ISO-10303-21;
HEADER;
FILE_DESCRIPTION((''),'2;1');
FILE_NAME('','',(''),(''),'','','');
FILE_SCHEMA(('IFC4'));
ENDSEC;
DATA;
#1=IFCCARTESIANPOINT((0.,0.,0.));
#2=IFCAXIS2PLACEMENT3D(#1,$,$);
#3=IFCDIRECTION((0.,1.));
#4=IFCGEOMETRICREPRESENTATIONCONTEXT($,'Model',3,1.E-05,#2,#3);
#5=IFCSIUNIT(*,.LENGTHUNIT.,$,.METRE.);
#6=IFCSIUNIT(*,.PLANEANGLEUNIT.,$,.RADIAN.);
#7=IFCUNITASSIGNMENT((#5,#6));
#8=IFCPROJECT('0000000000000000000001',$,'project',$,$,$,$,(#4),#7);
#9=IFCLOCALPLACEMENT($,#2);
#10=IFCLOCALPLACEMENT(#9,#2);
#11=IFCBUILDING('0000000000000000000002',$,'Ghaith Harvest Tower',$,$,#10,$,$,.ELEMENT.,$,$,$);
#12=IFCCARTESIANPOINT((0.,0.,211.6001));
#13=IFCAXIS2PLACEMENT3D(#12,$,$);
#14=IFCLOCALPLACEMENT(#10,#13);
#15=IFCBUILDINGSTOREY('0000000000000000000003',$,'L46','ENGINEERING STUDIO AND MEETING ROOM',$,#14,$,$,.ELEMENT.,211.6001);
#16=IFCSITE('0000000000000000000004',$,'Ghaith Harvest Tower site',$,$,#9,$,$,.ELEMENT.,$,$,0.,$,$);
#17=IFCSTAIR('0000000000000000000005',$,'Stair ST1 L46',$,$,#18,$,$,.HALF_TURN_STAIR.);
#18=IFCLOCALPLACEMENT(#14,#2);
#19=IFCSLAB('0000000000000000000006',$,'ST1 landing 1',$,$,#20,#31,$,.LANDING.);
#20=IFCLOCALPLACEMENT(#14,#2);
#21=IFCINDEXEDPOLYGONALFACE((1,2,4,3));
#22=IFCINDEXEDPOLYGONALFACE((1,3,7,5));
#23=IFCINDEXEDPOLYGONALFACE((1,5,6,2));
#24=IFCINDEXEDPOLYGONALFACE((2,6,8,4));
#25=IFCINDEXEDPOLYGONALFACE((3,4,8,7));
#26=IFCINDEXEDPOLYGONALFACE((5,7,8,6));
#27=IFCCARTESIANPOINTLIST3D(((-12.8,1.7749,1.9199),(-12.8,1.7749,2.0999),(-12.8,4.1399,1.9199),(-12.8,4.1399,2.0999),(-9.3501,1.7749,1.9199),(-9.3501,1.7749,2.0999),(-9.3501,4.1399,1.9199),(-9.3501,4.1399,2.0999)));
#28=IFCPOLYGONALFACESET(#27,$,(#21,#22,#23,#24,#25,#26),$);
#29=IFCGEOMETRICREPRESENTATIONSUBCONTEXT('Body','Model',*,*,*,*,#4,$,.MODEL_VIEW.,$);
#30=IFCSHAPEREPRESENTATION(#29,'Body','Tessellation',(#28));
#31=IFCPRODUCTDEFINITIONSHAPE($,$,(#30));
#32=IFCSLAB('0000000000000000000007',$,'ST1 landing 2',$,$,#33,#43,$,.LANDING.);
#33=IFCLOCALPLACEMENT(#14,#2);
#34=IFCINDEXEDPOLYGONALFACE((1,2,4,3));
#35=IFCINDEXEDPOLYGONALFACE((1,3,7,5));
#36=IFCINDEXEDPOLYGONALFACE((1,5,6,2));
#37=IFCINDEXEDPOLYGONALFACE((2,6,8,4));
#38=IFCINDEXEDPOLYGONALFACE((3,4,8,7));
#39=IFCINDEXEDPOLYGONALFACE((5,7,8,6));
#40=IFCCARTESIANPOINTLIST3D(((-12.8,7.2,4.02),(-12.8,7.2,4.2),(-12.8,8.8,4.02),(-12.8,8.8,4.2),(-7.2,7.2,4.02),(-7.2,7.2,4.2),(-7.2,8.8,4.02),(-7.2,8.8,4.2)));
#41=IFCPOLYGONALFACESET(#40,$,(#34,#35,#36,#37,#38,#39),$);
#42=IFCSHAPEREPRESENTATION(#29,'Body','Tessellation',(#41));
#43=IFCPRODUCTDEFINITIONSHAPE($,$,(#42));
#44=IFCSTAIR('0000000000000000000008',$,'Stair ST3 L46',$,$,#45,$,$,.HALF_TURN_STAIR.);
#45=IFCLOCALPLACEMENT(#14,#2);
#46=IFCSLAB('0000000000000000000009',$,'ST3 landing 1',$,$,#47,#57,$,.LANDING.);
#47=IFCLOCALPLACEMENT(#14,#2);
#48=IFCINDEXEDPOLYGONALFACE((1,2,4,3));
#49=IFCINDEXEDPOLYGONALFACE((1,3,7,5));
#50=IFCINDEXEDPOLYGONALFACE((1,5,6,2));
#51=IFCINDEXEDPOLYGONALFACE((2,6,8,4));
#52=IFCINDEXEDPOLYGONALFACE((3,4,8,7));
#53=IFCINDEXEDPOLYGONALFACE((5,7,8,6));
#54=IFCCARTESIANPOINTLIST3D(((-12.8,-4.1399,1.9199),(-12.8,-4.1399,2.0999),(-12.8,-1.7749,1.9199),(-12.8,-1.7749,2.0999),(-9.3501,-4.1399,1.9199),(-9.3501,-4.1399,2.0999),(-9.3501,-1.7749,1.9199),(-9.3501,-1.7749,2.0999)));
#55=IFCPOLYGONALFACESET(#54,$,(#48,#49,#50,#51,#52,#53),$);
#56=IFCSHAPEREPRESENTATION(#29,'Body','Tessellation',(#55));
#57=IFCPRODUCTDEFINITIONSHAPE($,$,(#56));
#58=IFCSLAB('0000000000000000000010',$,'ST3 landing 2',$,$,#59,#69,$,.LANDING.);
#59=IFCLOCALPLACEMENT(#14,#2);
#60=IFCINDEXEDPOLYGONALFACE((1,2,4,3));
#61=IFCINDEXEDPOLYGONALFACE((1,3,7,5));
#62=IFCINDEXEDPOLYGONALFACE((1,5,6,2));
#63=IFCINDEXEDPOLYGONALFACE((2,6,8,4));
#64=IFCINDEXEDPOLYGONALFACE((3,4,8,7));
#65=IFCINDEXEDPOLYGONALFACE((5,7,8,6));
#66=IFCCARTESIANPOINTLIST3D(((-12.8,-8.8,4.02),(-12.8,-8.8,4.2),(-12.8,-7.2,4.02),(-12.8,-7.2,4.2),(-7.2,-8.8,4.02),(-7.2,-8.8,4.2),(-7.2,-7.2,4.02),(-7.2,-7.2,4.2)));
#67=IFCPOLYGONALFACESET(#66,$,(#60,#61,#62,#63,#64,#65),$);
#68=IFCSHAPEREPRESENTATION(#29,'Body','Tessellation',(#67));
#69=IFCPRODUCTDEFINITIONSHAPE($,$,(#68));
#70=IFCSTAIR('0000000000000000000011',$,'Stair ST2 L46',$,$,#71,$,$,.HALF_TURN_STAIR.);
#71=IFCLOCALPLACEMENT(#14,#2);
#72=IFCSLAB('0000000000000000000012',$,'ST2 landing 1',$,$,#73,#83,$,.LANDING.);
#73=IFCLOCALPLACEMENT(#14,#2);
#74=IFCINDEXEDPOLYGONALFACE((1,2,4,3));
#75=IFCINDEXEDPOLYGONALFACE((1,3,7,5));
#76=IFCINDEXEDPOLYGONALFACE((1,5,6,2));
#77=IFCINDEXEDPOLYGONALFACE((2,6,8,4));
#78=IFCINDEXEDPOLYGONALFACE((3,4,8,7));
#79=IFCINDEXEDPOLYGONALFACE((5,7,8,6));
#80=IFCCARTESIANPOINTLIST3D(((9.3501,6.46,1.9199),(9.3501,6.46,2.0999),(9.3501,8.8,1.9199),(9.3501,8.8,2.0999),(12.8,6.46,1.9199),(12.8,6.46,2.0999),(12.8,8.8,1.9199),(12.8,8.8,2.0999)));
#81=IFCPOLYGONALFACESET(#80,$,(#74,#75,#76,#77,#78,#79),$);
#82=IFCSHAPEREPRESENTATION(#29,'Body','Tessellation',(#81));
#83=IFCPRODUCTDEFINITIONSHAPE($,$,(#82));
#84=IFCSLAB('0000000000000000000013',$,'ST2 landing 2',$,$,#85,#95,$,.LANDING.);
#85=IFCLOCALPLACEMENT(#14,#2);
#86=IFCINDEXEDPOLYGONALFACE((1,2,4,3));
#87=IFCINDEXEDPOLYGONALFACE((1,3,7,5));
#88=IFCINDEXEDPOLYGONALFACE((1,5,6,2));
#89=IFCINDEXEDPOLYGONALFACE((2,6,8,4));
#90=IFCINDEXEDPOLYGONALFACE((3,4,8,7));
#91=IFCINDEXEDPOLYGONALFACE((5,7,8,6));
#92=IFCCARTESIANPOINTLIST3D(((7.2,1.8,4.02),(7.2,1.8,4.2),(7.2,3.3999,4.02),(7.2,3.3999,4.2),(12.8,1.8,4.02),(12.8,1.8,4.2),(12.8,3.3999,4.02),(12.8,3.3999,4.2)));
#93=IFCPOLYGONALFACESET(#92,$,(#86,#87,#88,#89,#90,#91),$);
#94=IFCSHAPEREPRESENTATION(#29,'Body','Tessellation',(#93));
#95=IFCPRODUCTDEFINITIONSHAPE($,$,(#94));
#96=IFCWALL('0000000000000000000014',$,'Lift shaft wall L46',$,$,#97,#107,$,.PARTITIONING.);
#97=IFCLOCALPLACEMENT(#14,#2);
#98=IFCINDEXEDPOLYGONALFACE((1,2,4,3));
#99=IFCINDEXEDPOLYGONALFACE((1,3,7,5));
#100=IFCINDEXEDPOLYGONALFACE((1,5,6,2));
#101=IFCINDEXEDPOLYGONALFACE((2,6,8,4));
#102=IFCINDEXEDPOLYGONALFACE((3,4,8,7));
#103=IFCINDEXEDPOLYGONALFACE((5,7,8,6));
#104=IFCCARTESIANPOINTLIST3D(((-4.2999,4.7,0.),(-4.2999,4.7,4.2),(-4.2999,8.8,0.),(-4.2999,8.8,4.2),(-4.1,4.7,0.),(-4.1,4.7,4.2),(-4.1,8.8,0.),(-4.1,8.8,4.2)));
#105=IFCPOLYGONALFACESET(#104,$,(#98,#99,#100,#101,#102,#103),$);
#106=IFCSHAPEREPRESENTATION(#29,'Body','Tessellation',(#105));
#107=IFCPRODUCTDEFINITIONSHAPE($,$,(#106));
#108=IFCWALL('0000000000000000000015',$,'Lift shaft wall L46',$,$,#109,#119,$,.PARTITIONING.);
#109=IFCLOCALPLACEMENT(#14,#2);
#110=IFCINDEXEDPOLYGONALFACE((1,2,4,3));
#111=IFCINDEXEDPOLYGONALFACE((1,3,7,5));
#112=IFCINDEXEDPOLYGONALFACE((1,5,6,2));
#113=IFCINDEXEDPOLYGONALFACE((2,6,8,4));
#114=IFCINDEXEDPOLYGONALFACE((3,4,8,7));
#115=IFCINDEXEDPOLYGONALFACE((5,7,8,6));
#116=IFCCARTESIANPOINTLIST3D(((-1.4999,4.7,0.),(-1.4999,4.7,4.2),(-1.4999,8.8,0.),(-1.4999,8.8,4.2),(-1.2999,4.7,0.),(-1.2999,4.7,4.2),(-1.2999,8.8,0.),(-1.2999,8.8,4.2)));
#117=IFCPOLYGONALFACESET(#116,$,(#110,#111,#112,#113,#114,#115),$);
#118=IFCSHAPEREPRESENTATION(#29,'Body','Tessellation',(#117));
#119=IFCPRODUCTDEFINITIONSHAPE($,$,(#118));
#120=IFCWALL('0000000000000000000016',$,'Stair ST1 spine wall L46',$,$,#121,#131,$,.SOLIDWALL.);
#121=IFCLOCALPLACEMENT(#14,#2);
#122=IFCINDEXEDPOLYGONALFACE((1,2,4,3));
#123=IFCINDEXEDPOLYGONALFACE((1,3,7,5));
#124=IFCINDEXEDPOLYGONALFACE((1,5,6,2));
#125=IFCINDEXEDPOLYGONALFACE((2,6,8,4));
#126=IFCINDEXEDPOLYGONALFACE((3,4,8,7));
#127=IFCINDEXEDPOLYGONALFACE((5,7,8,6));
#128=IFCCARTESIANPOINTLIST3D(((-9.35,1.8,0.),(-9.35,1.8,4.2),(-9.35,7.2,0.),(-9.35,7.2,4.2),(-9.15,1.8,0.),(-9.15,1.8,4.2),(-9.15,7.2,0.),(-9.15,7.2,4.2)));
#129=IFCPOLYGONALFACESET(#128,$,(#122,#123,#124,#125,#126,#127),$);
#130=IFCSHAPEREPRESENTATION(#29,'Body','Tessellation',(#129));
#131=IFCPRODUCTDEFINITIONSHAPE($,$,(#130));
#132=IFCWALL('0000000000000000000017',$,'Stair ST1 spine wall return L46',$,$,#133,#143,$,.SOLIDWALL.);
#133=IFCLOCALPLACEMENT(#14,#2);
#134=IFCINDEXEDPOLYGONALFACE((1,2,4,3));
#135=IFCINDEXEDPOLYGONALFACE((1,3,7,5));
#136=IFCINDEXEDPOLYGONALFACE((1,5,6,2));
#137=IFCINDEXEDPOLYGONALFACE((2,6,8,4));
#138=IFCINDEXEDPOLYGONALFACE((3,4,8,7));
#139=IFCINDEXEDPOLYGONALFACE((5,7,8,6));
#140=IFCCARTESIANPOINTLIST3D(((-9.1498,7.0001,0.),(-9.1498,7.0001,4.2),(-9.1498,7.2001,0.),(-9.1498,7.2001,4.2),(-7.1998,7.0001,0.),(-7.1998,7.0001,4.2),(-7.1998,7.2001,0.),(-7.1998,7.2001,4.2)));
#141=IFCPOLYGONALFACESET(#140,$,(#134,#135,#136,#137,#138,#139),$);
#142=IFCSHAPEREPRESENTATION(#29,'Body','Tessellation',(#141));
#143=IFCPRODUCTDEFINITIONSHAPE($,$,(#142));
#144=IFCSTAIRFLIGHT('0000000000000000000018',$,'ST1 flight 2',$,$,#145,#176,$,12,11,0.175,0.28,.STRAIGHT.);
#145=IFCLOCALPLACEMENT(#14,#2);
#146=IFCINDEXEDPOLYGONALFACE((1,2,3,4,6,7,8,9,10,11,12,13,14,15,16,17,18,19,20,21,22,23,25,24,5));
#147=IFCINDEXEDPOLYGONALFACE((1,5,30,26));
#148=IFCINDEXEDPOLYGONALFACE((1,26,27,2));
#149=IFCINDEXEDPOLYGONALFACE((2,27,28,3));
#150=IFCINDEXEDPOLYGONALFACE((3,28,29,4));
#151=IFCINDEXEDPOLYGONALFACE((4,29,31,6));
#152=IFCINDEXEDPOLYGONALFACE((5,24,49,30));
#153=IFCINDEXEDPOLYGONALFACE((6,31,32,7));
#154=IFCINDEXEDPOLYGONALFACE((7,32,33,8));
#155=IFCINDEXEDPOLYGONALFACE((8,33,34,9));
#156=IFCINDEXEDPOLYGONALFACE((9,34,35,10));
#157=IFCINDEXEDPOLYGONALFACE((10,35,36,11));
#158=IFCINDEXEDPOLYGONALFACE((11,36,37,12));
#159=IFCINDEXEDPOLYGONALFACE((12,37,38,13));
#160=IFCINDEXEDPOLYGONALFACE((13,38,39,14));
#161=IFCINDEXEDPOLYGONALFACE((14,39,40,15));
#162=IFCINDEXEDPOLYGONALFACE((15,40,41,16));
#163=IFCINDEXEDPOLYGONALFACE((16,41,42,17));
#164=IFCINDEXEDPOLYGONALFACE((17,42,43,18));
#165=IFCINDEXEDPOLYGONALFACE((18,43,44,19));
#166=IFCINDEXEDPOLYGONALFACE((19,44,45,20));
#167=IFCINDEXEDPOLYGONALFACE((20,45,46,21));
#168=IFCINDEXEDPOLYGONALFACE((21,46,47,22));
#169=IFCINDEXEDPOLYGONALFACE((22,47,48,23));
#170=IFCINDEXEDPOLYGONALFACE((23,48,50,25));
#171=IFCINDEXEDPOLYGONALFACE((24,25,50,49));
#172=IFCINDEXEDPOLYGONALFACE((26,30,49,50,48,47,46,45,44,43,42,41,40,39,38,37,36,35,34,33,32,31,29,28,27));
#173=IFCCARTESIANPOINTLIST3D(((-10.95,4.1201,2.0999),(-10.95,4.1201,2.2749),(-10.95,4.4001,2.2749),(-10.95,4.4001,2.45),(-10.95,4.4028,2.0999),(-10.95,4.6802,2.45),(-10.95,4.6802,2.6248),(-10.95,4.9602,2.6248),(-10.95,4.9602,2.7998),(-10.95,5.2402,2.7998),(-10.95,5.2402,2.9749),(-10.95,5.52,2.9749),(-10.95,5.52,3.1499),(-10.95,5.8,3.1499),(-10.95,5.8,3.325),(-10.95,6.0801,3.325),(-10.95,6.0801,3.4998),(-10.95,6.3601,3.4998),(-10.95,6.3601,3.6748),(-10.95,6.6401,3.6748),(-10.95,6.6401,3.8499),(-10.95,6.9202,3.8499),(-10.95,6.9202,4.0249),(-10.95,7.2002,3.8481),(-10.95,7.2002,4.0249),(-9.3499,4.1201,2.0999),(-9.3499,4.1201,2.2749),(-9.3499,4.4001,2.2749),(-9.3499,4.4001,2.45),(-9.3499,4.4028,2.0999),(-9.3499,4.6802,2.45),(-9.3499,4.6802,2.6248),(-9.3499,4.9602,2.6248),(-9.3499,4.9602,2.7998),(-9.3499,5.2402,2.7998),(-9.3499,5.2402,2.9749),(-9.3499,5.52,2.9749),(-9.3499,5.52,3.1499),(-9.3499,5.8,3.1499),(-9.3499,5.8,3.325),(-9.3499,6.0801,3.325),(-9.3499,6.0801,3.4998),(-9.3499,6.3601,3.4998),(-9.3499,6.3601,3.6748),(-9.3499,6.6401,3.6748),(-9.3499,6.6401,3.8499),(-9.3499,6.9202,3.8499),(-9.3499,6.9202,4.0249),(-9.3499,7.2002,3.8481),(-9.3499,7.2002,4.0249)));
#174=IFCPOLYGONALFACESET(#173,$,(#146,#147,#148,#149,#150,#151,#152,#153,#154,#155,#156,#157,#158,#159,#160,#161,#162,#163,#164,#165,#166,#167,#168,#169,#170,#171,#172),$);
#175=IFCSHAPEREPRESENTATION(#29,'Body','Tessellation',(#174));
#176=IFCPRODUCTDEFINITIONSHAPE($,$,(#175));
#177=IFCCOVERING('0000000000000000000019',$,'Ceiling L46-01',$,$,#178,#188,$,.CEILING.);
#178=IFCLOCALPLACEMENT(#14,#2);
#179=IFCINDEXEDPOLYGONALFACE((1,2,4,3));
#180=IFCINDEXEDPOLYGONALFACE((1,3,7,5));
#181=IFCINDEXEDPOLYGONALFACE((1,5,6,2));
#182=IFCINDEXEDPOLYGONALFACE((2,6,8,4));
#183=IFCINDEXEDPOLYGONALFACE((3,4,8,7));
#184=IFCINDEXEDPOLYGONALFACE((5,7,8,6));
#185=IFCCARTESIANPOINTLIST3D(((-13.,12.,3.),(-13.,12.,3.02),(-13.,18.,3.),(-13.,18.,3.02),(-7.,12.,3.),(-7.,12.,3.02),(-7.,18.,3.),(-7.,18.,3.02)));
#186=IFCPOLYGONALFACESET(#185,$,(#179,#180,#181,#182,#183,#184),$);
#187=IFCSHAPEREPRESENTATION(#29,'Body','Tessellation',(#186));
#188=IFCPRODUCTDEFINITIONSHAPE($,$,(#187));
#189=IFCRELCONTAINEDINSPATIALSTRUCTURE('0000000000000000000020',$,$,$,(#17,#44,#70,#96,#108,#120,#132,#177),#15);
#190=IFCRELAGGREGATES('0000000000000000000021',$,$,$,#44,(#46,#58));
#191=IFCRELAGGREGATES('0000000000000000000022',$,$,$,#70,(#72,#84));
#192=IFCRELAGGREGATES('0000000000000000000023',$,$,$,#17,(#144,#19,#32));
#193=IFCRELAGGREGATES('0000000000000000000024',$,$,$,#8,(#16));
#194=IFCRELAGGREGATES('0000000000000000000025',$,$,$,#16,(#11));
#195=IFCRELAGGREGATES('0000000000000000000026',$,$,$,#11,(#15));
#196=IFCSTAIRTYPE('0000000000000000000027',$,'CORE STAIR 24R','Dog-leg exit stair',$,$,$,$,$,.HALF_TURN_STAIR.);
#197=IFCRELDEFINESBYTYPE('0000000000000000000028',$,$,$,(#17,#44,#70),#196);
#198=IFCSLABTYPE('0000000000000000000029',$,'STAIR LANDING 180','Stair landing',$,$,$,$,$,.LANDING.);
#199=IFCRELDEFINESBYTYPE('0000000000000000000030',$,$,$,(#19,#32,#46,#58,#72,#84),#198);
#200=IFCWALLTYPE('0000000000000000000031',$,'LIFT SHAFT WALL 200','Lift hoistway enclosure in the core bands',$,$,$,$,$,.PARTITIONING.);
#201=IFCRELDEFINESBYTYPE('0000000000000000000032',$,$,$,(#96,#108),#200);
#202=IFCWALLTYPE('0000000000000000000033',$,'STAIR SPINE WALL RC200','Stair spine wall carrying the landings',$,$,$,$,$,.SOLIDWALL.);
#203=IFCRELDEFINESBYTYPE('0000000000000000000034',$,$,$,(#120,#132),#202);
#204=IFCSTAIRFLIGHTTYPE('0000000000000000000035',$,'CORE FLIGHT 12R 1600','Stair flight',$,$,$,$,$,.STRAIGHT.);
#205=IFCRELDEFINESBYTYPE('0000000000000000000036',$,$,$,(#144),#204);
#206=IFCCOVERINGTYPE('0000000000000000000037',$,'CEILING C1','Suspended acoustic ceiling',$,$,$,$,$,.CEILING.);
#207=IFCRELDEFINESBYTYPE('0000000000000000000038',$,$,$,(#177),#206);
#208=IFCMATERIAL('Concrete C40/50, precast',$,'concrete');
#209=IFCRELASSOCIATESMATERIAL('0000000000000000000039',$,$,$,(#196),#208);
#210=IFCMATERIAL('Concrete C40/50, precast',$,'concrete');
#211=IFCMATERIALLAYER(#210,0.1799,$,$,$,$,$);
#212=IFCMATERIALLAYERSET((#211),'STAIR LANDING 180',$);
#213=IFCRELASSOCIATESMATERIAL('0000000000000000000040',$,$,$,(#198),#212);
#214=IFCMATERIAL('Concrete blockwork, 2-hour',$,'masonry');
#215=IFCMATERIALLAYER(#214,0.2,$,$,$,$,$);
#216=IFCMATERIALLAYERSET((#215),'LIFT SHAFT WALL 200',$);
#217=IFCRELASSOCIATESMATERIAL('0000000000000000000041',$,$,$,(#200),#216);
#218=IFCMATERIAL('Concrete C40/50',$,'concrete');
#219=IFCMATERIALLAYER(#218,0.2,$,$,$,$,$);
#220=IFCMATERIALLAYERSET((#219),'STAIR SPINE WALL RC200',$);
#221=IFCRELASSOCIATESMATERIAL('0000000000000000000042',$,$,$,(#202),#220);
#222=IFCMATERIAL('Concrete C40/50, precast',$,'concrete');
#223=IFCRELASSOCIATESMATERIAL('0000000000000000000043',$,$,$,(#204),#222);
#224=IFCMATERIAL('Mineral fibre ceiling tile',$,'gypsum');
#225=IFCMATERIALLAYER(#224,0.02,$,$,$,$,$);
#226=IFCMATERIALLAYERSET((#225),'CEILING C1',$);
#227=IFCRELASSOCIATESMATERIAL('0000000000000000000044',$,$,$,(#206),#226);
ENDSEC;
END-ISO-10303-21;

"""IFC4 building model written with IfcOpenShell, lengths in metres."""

from ifc_helpers import new_model, si_unit, direction, frame, frame_2d, origin, place, context, subcontext, project, spatial, polyline, rectangle, outline, extrude, material, layer, layer_set, type_object, element, aggregate, save


model = new_model("IFC4")

# Units and contexts
model_context = context("Model", 3, precision=1e-05, world=origin(), true_north=direction((0.0, 1.0)))
body_context = subcontext(model_context, "Body", "Model", "MODEL_VIEW")
ifc_project = project(units=[si_unit("LENGTHUNIT", "METRE"), si_unit("PLANEANGLEUNIT", "RADIAN")], contexts=[model_context])

# Site, building, storey
site_placement = place(None, origin())
site = spatial("IfcSite", under=ifc_project, at=site_placement, Name="Ghaith Harvest Tower site", CompositionType="ELEMENT", RefElevation=0.0)
building_placement = place(site_placement, origin())
building = spatial("IfcBuilding", under=site, at=building_placement, Name="Ghaith Harvest Tower", CompositionType="ELEMENT")
storey_placement = place(building_placement, frame((0.0, 0.0, 211.6001)))
storey = spatial("IfcBuildingStorey", under=building, at=storey_placement, Name="L46", Description="ENGINEERING STUDIO AND MEETING ROOM", CompositionType="ELEMENT", Elevation=211.6001)

# Stairs, slabs
ifc_material_1 = material(Name="Concrete C40/50, precast", Category="concrete")
stair_type = type_object("IfcStairType", Name="CORE STAIR 24R", Description="Dog-leg exit stair", PredefinedType="HALF_TURN_STAIR", material=ifc_material_1)
stair_1_placement = place(storey_placement, origin())
stair_1 = element("IfcStair", 1, at=stair_1_placement, inside=storey, type_object=stair_type, Name="Stair ST1 L46", PredefinedType="HALF_TURN_STAIR")
ifc_material_2 = material(Name="Concrete C40/50, precast", Category="concrete")
ifc_layer_1 = layer(ifc_material_2, 0.1799)
ifc_layer_set_1 = layer_set([ifc_layer_1], Name="STAIR LANDING 180")
slab_type_1 = type_object("IfcSlabType", Name="STAIR LANDING 180", Description="Stair landing", PredefinedType="LANDING", material=ifc_layer_set_1)
slab_1_placement = place(storey_placement, frame((0.0, 0.0, 1.9199)))
slab_1 = element("IfcSlab", 2, at=slab_1_placement, type_object=slab_type_1, Name="ST1 landing 1", PredefinedType="LANDING", context=body_context, shape_type="SweptSolid", body=[
    extrude(outline(polyline([(-12.8, 4.1399), (-12.8, 1.7749), (-9.3501, 1.7749), (-9.3501, 4.1399), (-12.8, 4.1399)])), origin(), (0.0, 0.0, 1.0), 0.1799),
])
slab_2_placement = place(storey_placement, frame((0.0, 0.0, 4.02)))
slab_2 = element("IfcSlab", 3, at=slab_2_placement, type_object=slab_type_1, Name="ST1 landing 2", PredefinedType="LANDING", context=body_context, shape_type="SweptSolid", body=[
    extrude(outline(polyline([(-12.8, 8.8), (-12.8, 7.2), (-7.2, 7.2), (-7.2, 8.8), (-12.8, 8.8)])), origin(), (0.0, 0.0, 1.0), 0.1799),
])
stair_2_placement = place(storey_placement, origin())
stair_2 = element("IfcStair", 4, at=stair_2_placement, inside=storey, type_object=stair_type, Name="Stair ST3 L46", PredefinedType="HALF_TURN_STAIR")
slab_3_placement = place(storey_placement, frame((0.0, 0.0, 1.9199)))
slab_3 = element("IfcSlab", 5, at=slab_3_placement, type_object=slab_type_1, Name="ST3 landing 1", PredefinedType="LANDING", context=body_context, shape_type="SweptSolid", body=[
    extrude(outline(polyline([(-12.8, -4.1399), (-12.8, -1.7749), (-9.3501, -1.7749), (-9.3501, -4.1399), (-12.8, -4.1399)])), origin(), (0.0, 0.0, 1.0), 0.1799),
])
slab_4_placement = place(storey_placement, frame((0.0, 0.0, 4.02)))
slab_4 = element("IfcSlab", 6, at=slab_4_placement, type_object=slab_type_1, Name="ST3 landing 2", PredefinedType="LANDING", context=body_context, shape_type="SweptSolid", body=[
    extrude(outline(polyline([(-12.8, -8.8), (-12.8, -7.2), (-7.2, -7.2), (-7.2, -8.8), (-12.8, -8.8)])), origin(), (0.0, 0.0, 1.0), 0.1799),
])
aggregate(stair_2, [slab_3, slab_4])
stair_3_placement = place(storey_placement, origin())
stair_3 = element("IfcStair", 7, at=stair_3_placement, inside=storey, type_object=stair_type, Name="Stair ST2 L46", PredefinedType="HALF_TURN_STAIR")
slab_5_placement = place(storey_placement, frame((0.0, 0.0, 1.9199)))
slab_5 = element("IfcSlab", 8, at=slab_5_placement, type_object=slab_type_1, Name="ST2 landing 1", PredefinedType="LANDING", context=body_context, shape_type="SweptSolid", body=[
    extrude(outline(polyline([(12.8, 6.46), (12.8, 8.8), (9.3501, 8.8), (9.3501, 6.46), (12.8, 6.46)])), origin(), (0.0, 0.0, 1.0), 0.1799),
])
slab_6_placement = place(storey_placement, frame((0.0, 0.0, 4.02)))
slab_6 = element("IfcSlab", 9, at=slab_6_placement, type_object=slab_type_1, Name="ST2 landing 2", PredefinedType="LANDING", context=body_context, shape_type="SweptSolid", body=[
    extrude(outline(polyline([(12.8, 1.8), (12.8, 3.3999), (7.2, 3.3999), (7.2, 1.8), (12.8, 1.8)])), origin(), (0.0, 0.0, 1.0), 0.1799),
])
aggregate(stair_3, [slab_5, slab_6])

# Walls
ifc_material_3 = material(Name="Concrete blockwork, 2-hour", Category="masonry")
ifc_layer_2 = layer(ifc_material_3, 0.2)
ifc_layer_set_2 = layer_set([ifc_layer_2], Name="LIFT SHAFT WALL 200")
wall_type_1 = type_object("IfcWallType", Name="LIFT SHAFT WALL 200", Description="Lift hoistway enclosure in the core bands", PredefinedType="PARTITIONING", material=ifc_layer_set_2)
for number, where, z_axis, x_axis, name in (
    (10, (-4.2, 4.7, 0.0), (0.0, 0.0, 1.0), (0.0, 1.0, 0.0), "Lift shaft wall L46"),
    (11, (-1.3999, 4.7, 0.0), (0.0, 0.0, 1.0), (0.0, 1.0, 0.0), "Lift shaft wall L46"),
):
    element("IfcWall", number, at=place(storey_placement, frame(where, z_axis=z_axis, x_axis=x_axis)), inside=storey, type_object=wall_type_1, Name=name, PredefinedType="PARTITIONING", context=body_context, shape_type="SweptSolid", body=[
        extrude(rectangle(XDim=4.1001, YDim=0.2, at=frame_2d((2.05, 0.0))), origin(), (0.0, 0.0, 1.0), 4.2),
    ])

# Walls
ifc_material_4 = material(Name="Concrete C40/50", Category="concrete")
ifc_layer_3 = layer(ifc_material_4, 0.2)
ifc_layer_set_3 = layer_set([ifc_layer_3], Name="STAIR SPINE WALL RC200")
wall_type_2 = type_object("IfcWallType", Name="STAIR SPINE WALL RC200", Description="Stair spine wall carrying the landings", PredefinedType="SOLIDWALL", material=ifc_layer_set_3)
wall_1_placement = place(storey_placement, frame((-9.25, 7.2, 0.0), z_axis=(0.0, 0.0, 1.0), x_axis=(0.0, -1.0, 0.0)))
element("IfcWall", 12, at=wall_1_placement, inside=storey, type_object=wall_type_2, Name="Stair ST1 spine wall L46", PredefinedType="SOLIDWALL", context=body_context, shape_type="SweptSolid", body=[
    extrude(rectangle(XDim=5.3999, YDim=0.2, at=frame_2d((2.7, 0.0))), origin(), (0.0, 0.0, 1.0), 4.2),
])
wall_2_placement = place(storey_placement, frame((-9.1499, 7.1001, 0.0), z_axis=(0.0, 0.0, 1.0), x_axis=(1.0, 0.0, 0.0)))
element("IfcWall", 13, at=wall_2_placement, inside=storey, type_object=wall_type_2, Name="Stair ST1 spine wall return L46", PredefinedType="SOLIDWALL", context=body_context, shape_type="SweptSolid", body=[
    extrude(rectangle(XDim=1.95, YDim=0.2, at=frame_2d((0.9751, 0.0))), origin(), (0.0, 0.0, 1.0), 4.2),
])

# Stair flight
ifc_material_5 = material(Name="Concrete C40/50, precast", Category="concrete")
stair_flight_type = type_object("IfcStairFlightType", Name="CORE FLIGHT 12R 1600", Description="Stair flight", PredefinedType="STRAIGHT", material=ifc_material_5)
stair_flight_placement = place(storey_placement, frame((-10.1499, 4.1201, 2.0999), z_axis=(0.0, 0.0, 1.0), x_axis=(0.0, 1.0, 0.0)))
stair_flight = element("IfcStairFlight", 14, at=stair_flight_placement, type_object=stair_flight_type, Name="ST1 flight 2", NumberOfRisers=12, NumberOfTreads=11, PredefinedType="STRAIGHT", RiserHeight=0.175, TreadLength=0.28, context=body_context, shape_type="SweptSolid", body=[
    extrude(outline(polyline([(0.0, 0.0), (0.0, 0.175), (0.28, 0.175), (0.28, 0.3501), (0.5601, 0.3501), (0.5601, 0.5249), (0.8401, 0.5249), (0.8401, 0.7), (1.1201, 0.7), (1.1201, 0.875), (1.3999, 0.875), (1.3999, 1.05), (1.6799, 1.05), (1.6799, 1.2251), (1.96, 1.2251), (1.96, 1.3999), (2.24, 1.3999), (2.24, 1.575), (2.52, 1.575), (2.52, 1.75), (2.8, 1.75), (2.8, 1.925), (3.0801, 1.925), (3.0801, 2.1001), (3.0801, 1.7483), (0.2827, 0.0), (0.0, 0.0)])), frame((0.0, 0.8, 0.0), z_axis=(0.0, -1.0, 0.0), x_axis=(1.0, 0.0, 0.0)), (0.0, 0.0, 1.0), 1.6001),
])
aggregate(stair_1, [stair_flight, slab_1, slab_2])

# Covering
ifc_material_6 = material(Name="Mineral fibre ceiling tile", Category="gypsum")
ifc_layer_4 = layer(ifc_material_6, 0.02)
ifc_layer_set_4 = layer_set([ifc_layer_4], Name="CEILING C1")
covering_type = type_object("IfcCoveringType", Name="CEILING C1", Description="Suspended acoustic ceiling", PredefinedType="CEILING", material=ifc_layer_set_4)
covering_1_placement = place(storey_placement, frame((0.0, 0.0, 3.0)))
element("IfcCovering", 15, at=covering_1_placement, inside=storey, type_object=covering_type, Name="Ceiling L46-01", PredefinedType="CEILING", context=body_context, shape_type="SweptSolid", body=[
    extrude(outline(polyline([(-13.0, 12.0), (-7.0, 12.0), (-7.0, 18.0), (-13.0, 18.0), (-13.0, 12.0)])), origin(), (0.0, 0.0, 1.0), 0.02),
])

save(model, "model.ifc")
